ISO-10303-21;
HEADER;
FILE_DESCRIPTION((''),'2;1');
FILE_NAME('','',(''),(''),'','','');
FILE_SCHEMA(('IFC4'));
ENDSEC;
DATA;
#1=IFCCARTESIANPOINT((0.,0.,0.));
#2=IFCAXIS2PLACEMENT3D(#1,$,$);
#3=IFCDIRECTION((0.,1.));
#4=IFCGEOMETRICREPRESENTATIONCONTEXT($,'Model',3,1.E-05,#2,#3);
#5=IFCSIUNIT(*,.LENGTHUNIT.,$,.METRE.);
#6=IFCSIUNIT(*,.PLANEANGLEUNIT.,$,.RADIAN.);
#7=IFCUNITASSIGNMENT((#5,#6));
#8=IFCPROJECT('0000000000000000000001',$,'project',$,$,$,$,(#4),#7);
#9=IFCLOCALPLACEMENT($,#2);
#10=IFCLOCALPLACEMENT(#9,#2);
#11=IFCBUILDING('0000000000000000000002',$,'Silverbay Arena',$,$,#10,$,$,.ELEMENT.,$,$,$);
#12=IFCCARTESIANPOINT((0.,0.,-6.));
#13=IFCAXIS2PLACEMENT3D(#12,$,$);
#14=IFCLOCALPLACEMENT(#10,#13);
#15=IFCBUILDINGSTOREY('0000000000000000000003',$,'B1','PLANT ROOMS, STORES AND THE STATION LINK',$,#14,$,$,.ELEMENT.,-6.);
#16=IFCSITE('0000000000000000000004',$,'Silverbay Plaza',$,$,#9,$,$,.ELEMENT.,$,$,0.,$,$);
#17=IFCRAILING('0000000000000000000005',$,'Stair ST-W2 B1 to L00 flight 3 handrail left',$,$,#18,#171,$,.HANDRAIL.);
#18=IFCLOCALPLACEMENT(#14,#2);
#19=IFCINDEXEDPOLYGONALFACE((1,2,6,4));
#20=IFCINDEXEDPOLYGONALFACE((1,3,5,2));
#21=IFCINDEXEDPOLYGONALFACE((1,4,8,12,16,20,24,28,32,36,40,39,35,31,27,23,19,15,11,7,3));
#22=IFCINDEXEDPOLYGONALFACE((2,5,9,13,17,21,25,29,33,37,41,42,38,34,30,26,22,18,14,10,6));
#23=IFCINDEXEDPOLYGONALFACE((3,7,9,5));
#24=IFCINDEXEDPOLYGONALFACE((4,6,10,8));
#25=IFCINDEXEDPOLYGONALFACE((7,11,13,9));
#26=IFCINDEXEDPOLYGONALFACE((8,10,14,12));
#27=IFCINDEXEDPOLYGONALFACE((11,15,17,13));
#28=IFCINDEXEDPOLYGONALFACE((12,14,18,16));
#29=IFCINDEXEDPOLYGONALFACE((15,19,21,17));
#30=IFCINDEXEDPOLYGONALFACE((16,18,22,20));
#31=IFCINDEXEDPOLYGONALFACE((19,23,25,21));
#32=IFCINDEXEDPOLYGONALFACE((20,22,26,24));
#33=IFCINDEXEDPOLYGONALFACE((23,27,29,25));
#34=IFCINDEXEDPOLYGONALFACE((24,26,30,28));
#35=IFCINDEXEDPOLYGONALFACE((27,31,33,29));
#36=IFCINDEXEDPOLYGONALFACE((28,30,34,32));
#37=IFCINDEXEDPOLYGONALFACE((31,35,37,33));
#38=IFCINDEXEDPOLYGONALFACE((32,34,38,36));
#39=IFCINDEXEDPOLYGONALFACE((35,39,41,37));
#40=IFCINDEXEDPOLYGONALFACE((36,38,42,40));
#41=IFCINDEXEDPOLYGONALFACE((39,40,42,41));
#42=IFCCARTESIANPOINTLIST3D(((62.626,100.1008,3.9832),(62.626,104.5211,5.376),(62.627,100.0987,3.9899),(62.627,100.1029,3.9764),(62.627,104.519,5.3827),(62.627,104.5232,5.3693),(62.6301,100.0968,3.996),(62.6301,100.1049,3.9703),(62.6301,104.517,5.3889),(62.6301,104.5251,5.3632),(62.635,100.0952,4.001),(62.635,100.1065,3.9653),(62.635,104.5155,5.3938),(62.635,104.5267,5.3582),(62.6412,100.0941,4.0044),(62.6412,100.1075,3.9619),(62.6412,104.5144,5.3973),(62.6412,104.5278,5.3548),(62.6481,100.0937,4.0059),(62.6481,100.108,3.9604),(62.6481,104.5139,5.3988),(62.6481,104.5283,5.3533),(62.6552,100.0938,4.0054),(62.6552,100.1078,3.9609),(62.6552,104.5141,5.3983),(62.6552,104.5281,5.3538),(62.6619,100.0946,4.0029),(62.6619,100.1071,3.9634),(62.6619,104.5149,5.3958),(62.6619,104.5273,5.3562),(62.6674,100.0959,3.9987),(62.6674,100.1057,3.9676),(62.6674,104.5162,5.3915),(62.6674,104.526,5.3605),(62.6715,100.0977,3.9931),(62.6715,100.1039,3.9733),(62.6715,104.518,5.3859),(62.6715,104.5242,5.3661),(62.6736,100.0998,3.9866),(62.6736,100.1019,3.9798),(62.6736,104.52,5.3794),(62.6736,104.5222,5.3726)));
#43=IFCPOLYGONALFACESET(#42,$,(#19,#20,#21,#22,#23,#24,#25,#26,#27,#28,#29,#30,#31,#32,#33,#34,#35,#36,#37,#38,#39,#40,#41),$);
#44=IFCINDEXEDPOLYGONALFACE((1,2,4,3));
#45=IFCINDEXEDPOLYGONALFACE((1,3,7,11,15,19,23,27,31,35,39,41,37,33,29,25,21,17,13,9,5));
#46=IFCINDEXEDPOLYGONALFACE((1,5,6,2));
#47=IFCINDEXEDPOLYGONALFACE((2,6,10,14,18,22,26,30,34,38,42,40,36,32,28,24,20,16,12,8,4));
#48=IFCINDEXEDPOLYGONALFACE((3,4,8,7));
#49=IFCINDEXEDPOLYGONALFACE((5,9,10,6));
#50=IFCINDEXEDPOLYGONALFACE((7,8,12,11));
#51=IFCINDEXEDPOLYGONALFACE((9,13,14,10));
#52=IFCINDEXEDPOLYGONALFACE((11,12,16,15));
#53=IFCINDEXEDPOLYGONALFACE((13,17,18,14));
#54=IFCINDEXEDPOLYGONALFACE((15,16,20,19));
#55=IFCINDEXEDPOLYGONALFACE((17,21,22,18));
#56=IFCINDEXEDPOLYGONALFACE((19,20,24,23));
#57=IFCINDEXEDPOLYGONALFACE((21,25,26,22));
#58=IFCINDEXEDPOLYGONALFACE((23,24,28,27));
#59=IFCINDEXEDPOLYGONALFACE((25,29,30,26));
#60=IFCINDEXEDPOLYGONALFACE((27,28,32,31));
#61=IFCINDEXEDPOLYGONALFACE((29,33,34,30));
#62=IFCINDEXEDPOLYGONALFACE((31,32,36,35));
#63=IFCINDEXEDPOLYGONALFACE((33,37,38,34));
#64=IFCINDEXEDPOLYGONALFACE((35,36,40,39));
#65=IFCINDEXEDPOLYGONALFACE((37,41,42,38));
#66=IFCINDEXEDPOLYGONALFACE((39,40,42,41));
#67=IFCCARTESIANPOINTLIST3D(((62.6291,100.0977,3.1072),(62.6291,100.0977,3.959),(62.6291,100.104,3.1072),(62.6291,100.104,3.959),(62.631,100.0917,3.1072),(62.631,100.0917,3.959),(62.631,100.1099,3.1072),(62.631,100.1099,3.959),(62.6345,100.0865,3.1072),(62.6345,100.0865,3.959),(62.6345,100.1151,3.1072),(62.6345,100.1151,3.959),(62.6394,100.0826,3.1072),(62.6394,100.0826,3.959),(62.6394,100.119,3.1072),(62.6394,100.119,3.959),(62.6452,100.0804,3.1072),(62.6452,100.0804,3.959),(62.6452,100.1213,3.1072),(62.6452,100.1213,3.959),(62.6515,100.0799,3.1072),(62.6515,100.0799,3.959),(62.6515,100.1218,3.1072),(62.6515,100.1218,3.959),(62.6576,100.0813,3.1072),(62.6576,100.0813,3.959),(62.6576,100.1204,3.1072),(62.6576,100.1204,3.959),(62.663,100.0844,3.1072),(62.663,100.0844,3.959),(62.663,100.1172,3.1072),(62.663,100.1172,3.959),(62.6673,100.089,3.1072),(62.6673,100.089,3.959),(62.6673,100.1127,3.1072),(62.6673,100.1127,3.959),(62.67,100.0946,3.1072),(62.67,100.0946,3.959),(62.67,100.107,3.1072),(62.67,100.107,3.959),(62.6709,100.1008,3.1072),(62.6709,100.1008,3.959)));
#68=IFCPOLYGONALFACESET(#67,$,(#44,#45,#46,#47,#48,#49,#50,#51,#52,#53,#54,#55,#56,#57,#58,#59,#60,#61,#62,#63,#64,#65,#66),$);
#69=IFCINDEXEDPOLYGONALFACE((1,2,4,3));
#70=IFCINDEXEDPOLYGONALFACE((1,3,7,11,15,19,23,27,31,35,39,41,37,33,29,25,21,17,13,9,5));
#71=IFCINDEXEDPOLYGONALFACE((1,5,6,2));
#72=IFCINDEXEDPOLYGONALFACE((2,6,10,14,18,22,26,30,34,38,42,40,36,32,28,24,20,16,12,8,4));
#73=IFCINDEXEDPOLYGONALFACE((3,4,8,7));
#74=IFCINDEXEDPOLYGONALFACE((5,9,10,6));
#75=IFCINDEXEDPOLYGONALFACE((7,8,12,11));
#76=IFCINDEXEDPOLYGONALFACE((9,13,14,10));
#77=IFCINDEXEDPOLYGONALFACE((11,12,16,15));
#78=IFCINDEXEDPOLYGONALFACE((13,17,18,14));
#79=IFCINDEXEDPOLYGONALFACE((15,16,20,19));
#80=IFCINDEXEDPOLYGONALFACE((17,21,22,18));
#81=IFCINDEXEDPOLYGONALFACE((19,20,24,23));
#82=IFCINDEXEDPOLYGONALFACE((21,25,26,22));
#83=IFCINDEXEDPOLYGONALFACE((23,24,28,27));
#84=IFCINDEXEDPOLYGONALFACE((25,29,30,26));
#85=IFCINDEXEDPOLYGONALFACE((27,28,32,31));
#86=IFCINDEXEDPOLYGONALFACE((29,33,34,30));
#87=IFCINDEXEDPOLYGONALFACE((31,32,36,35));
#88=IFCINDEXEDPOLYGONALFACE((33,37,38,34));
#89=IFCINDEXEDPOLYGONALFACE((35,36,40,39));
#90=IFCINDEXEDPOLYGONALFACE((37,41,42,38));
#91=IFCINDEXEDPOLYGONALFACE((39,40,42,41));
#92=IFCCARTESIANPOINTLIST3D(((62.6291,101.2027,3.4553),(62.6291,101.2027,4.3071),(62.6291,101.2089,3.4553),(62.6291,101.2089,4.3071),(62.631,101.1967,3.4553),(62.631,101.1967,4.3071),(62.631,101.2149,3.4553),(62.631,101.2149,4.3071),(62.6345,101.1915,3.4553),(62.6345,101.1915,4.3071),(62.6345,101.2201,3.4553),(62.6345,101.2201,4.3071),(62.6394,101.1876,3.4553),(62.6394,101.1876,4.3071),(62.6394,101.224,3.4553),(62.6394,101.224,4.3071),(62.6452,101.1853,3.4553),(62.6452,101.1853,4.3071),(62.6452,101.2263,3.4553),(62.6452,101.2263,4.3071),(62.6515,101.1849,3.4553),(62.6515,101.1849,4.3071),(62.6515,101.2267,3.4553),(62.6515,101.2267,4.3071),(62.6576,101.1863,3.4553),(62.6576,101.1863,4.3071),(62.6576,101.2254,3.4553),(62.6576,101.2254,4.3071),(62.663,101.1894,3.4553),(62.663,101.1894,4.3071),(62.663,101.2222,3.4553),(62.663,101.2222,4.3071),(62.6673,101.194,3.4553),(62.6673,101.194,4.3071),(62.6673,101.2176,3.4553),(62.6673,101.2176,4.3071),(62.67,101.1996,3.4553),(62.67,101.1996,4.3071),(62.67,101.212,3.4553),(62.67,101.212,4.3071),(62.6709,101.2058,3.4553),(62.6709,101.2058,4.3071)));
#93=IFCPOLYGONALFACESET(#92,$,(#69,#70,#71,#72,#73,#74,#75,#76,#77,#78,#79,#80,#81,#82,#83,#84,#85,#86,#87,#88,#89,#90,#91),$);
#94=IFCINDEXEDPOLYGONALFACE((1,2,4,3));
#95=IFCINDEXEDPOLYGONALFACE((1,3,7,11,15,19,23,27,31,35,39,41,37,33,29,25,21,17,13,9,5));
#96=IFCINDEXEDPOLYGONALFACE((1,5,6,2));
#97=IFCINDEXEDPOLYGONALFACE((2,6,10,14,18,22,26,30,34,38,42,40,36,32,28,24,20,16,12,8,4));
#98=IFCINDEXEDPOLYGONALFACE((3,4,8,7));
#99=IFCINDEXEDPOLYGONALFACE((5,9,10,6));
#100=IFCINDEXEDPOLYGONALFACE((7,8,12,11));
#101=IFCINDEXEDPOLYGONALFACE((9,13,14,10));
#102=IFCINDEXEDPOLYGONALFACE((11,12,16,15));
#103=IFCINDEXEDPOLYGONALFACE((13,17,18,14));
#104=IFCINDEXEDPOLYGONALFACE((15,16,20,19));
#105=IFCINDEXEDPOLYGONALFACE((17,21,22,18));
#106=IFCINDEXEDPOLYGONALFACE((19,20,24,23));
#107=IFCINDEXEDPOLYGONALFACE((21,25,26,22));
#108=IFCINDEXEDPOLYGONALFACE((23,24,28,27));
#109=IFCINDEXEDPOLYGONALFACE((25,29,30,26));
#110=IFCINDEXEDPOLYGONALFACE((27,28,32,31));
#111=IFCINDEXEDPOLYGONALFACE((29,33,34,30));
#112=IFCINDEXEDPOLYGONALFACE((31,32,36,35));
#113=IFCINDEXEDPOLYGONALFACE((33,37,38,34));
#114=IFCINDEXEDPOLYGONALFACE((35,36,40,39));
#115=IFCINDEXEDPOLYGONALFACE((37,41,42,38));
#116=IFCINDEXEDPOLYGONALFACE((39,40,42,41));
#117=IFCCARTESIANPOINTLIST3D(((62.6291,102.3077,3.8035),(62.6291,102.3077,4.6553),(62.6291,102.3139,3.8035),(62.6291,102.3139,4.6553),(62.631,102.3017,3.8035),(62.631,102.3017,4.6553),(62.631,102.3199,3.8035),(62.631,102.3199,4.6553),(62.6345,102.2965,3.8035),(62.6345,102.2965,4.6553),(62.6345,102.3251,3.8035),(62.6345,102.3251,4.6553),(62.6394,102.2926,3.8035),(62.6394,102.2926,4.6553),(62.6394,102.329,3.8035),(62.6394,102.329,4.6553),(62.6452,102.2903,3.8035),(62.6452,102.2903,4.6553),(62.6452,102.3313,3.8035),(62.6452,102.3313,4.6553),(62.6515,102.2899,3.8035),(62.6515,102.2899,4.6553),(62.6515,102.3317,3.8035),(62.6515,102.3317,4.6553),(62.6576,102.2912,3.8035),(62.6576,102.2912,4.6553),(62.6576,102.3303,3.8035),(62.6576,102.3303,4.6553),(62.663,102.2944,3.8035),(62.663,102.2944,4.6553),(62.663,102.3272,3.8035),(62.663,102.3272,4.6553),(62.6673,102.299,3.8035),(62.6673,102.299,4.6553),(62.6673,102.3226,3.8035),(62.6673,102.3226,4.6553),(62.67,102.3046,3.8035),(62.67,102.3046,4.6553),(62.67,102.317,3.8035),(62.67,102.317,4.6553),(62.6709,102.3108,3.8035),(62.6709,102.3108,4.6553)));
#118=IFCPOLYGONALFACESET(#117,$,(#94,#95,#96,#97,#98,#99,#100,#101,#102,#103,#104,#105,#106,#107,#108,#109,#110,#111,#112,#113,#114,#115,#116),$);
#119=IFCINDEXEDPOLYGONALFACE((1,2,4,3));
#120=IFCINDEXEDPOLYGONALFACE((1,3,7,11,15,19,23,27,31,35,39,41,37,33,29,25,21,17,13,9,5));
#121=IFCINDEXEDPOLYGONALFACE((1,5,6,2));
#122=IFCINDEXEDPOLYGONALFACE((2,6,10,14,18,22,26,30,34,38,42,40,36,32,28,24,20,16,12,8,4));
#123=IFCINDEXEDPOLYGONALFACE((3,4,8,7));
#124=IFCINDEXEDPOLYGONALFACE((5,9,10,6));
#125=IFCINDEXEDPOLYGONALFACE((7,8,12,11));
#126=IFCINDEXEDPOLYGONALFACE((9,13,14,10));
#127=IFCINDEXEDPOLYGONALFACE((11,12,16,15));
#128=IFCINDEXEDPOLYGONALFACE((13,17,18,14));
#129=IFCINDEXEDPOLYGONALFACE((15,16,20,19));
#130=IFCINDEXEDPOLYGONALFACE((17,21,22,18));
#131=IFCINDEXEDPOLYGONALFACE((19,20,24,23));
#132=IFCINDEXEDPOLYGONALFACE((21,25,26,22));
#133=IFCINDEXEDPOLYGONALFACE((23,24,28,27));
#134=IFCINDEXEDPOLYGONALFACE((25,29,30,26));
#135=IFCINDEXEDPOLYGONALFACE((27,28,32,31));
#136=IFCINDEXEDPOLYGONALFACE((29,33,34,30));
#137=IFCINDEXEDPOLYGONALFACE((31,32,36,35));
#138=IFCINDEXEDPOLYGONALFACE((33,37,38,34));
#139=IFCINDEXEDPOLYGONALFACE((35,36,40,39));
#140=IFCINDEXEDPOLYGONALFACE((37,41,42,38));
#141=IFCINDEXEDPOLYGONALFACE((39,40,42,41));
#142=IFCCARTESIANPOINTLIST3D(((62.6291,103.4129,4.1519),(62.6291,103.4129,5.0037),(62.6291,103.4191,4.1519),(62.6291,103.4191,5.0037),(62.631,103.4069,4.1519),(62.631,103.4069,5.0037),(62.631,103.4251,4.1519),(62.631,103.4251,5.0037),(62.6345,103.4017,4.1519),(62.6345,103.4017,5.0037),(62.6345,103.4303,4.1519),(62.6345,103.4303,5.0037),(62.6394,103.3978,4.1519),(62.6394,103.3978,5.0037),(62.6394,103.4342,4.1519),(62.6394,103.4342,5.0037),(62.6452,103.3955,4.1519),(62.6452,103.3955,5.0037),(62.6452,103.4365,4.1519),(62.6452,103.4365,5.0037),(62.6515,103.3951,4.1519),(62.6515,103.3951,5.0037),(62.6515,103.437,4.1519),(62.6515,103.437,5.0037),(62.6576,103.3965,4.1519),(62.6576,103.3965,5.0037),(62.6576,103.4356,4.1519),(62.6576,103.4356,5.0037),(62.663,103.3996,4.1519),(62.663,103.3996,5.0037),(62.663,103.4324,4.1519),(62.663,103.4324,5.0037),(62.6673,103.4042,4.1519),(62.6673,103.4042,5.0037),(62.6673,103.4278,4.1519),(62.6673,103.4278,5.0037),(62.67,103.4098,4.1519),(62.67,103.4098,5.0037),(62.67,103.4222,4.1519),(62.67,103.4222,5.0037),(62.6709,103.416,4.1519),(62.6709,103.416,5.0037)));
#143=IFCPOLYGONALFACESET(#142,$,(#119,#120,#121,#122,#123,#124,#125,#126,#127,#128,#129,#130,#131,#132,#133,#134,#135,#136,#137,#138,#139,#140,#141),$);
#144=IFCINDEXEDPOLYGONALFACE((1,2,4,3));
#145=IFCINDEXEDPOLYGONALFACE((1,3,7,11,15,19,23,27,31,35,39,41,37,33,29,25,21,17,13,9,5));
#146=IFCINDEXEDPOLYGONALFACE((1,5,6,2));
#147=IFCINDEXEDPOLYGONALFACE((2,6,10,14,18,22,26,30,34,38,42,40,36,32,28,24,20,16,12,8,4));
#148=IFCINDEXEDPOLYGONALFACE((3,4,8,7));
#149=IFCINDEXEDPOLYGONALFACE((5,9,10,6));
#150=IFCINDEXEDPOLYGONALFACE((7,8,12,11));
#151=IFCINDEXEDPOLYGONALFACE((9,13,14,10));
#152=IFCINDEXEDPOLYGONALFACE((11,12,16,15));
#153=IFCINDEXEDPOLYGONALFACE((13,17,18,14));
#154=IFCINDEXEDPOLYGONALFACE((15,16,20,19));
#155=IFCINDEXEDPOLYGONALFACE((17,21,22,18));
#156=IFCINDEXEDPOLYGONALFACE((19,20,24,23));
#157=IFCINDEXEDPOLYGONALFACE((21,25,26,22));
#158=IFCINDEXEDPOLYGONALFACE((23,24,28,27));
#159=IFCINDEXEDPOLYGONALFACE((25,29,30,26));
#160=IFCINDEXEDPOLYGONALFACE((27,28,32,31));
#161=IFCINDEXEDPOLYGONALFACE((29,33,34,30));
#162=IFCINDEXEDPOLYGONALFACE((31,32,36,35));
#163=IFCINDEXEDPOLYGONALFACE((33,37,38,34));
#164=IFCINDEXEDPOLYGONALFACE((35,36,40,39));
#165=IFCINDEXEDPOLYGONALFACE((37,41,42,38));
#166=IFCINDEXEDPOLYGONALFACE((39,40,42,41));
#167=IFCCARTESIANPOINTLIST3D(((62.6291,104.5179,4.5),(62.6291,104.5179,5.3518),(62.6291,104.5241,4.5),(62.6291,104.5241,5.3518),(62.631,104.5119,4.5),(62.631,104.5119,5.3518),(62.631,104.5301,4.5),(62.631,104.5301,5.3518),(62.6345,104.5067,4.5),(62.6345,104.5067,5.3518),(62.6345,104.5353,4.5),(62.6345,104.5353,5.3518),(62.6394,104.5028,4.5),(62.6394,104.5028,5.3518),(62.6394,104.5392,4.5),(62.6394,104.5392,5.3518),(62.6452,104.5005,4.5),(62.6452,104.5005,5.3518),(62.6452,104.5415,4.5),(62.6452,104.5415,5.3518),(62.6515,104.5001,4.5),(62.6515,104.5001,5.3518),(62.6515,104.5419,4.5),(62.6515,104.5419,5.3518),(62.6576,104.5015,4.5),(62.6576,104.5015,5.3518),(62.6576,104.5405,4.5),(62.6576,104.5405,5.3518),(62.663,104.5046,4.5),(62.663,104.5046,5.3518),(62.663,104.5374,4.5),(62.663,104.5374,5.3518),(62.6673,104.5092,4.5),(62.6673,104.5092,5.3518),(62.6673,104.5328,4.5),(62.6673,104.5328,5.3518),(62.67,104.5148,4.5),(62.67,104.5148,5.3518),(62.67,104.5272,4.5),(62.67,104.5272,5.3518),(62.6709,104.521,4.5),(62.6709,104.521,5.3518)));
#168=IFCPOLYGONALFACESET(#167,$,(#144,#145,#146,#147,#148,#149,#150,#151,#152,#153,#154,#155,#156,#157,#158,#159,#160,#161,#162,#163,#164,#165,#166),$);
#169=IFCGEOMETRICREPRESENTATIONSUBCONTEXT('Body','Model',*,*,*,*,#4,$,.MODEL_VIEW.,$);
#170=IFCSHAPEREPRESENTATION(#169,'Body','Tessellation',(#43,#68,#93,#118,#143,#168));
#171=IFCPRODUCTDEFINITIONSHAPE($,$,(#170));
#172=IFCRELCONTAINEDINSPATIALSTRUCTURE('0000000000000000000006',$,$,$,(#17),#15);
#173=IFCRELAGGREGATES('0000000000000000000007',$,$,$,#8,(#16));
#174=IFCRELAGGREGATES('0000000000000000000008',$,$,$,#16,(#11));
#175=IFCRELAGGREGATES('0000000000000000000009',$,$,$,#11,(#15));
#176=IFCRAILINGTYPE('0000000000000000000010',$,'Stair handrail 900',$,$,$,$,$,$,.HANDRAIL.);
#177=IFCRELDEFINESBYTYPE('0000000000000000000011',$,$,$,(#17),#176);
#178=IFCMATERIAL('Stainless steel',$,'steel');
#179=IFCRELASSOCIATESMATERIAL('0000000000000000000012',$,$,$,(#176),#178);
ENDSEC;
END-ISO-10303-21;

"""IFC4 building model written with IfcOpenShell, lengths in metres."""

from ifc_helpers import new_model, si_unit, direction, frame, origin, origin_2d, place, context, subcontext, project, spatial, circle, extrude, material, type_object, element, save


model = new_model("IFC4")

# Units and contexts
model_context = context("Model", 3, precision=1e-05, world=origin(), true_north=direction((0.0, 1.0)))
body_context = subcontext(model_context, "Body", "Model", "MODEL_VIEW")
ifc_project = project(units=[si_unit("LENGTHUNIT", "METRE"), si_unit("PLANEANGLEUNIT", "RADIAN")], contexts=[model_context])

# Site, building, storey
site_placement = place(None, origin())
site = spatial("IfcSite", under=ifc_project, at=site_placement, Name="Silverbay Plaza", CompositionType="ELEMENT", RefElevation=0.0)
building_placement = place(site_placement, origin())
building = spatial("IfcBuilding", under=site, at=building_placement, Name="Silverbay Arena", CompositionType="ELEMENT")
storey_placement = place(building_placement, frame((0.0, 0.0, -6.0)))
storey = spatial("IfcBuildingStorey", under=building, at=storey_placement, Name="B1", Description="PLANT ROOMS, STORES AND THE STATION LINK", CompositionType="ELEMENT", Elevation=-6.0)

# Railing
ifc_material_1 = material(Name="Stainless steel", Category="steel")
railing_type_1 = type_object("IfcRailingType", Name="Stair handrail 900", PredefinedType="HANDRAIL", material=ifc_material_1)
for number, where, name in (
    (1, (62.6499, 100.1008, 3.1072), "Stair ST-W2 B1 to L00 flight 3 handrail left"),
):
    element("IfcRailing", number, at=place(storey_placement, frame(where)), inside=storey, type_object=railing_type_1, Name=name, PredefinedType="HANDRAIL", context=body_context, shape_type="SweptSolid", body=[
        extrude(circle(Radius=0.0239, at=origin_2d()), frame((0.0, 0.0, 0.876), z_axis=(0.0, 0.95377, 0.300539), x_axis=(-1.0, 0.0, 0.0)), (0.0, 0.0, 1.0), 4.6345),
        extrude(circle(Radius=0.021, at=origin_2d()), origin(), (0.0, 0.0, 1.0), 0.8518),
        extrude(circle(Radius=0.021, at=origin_2d()), frame((0.0, 1.105, 0.3481)), (0.0, 0.0, 1.0), 0.8518),
        extrude(circle(Radius=0.021, at=origin_2d()), frame((0.0, 2.21, 0.6963)), (0.0, 0.0, 1.0), 0.8518),
        extrude(circle(Radius=0.021, at=origin_2d()), frame((0.0, 3.3152, 1.0447)), (0.0, 0.0, 1.0), 0.8518),
        extrude(circle(Radius=0.021, at=origin_2d()), frame((0.0, 4.4202, 1.3928)), (0.0, 0.0, 1.0), 0.8518),
    ])

save(model, "model.ifc")
